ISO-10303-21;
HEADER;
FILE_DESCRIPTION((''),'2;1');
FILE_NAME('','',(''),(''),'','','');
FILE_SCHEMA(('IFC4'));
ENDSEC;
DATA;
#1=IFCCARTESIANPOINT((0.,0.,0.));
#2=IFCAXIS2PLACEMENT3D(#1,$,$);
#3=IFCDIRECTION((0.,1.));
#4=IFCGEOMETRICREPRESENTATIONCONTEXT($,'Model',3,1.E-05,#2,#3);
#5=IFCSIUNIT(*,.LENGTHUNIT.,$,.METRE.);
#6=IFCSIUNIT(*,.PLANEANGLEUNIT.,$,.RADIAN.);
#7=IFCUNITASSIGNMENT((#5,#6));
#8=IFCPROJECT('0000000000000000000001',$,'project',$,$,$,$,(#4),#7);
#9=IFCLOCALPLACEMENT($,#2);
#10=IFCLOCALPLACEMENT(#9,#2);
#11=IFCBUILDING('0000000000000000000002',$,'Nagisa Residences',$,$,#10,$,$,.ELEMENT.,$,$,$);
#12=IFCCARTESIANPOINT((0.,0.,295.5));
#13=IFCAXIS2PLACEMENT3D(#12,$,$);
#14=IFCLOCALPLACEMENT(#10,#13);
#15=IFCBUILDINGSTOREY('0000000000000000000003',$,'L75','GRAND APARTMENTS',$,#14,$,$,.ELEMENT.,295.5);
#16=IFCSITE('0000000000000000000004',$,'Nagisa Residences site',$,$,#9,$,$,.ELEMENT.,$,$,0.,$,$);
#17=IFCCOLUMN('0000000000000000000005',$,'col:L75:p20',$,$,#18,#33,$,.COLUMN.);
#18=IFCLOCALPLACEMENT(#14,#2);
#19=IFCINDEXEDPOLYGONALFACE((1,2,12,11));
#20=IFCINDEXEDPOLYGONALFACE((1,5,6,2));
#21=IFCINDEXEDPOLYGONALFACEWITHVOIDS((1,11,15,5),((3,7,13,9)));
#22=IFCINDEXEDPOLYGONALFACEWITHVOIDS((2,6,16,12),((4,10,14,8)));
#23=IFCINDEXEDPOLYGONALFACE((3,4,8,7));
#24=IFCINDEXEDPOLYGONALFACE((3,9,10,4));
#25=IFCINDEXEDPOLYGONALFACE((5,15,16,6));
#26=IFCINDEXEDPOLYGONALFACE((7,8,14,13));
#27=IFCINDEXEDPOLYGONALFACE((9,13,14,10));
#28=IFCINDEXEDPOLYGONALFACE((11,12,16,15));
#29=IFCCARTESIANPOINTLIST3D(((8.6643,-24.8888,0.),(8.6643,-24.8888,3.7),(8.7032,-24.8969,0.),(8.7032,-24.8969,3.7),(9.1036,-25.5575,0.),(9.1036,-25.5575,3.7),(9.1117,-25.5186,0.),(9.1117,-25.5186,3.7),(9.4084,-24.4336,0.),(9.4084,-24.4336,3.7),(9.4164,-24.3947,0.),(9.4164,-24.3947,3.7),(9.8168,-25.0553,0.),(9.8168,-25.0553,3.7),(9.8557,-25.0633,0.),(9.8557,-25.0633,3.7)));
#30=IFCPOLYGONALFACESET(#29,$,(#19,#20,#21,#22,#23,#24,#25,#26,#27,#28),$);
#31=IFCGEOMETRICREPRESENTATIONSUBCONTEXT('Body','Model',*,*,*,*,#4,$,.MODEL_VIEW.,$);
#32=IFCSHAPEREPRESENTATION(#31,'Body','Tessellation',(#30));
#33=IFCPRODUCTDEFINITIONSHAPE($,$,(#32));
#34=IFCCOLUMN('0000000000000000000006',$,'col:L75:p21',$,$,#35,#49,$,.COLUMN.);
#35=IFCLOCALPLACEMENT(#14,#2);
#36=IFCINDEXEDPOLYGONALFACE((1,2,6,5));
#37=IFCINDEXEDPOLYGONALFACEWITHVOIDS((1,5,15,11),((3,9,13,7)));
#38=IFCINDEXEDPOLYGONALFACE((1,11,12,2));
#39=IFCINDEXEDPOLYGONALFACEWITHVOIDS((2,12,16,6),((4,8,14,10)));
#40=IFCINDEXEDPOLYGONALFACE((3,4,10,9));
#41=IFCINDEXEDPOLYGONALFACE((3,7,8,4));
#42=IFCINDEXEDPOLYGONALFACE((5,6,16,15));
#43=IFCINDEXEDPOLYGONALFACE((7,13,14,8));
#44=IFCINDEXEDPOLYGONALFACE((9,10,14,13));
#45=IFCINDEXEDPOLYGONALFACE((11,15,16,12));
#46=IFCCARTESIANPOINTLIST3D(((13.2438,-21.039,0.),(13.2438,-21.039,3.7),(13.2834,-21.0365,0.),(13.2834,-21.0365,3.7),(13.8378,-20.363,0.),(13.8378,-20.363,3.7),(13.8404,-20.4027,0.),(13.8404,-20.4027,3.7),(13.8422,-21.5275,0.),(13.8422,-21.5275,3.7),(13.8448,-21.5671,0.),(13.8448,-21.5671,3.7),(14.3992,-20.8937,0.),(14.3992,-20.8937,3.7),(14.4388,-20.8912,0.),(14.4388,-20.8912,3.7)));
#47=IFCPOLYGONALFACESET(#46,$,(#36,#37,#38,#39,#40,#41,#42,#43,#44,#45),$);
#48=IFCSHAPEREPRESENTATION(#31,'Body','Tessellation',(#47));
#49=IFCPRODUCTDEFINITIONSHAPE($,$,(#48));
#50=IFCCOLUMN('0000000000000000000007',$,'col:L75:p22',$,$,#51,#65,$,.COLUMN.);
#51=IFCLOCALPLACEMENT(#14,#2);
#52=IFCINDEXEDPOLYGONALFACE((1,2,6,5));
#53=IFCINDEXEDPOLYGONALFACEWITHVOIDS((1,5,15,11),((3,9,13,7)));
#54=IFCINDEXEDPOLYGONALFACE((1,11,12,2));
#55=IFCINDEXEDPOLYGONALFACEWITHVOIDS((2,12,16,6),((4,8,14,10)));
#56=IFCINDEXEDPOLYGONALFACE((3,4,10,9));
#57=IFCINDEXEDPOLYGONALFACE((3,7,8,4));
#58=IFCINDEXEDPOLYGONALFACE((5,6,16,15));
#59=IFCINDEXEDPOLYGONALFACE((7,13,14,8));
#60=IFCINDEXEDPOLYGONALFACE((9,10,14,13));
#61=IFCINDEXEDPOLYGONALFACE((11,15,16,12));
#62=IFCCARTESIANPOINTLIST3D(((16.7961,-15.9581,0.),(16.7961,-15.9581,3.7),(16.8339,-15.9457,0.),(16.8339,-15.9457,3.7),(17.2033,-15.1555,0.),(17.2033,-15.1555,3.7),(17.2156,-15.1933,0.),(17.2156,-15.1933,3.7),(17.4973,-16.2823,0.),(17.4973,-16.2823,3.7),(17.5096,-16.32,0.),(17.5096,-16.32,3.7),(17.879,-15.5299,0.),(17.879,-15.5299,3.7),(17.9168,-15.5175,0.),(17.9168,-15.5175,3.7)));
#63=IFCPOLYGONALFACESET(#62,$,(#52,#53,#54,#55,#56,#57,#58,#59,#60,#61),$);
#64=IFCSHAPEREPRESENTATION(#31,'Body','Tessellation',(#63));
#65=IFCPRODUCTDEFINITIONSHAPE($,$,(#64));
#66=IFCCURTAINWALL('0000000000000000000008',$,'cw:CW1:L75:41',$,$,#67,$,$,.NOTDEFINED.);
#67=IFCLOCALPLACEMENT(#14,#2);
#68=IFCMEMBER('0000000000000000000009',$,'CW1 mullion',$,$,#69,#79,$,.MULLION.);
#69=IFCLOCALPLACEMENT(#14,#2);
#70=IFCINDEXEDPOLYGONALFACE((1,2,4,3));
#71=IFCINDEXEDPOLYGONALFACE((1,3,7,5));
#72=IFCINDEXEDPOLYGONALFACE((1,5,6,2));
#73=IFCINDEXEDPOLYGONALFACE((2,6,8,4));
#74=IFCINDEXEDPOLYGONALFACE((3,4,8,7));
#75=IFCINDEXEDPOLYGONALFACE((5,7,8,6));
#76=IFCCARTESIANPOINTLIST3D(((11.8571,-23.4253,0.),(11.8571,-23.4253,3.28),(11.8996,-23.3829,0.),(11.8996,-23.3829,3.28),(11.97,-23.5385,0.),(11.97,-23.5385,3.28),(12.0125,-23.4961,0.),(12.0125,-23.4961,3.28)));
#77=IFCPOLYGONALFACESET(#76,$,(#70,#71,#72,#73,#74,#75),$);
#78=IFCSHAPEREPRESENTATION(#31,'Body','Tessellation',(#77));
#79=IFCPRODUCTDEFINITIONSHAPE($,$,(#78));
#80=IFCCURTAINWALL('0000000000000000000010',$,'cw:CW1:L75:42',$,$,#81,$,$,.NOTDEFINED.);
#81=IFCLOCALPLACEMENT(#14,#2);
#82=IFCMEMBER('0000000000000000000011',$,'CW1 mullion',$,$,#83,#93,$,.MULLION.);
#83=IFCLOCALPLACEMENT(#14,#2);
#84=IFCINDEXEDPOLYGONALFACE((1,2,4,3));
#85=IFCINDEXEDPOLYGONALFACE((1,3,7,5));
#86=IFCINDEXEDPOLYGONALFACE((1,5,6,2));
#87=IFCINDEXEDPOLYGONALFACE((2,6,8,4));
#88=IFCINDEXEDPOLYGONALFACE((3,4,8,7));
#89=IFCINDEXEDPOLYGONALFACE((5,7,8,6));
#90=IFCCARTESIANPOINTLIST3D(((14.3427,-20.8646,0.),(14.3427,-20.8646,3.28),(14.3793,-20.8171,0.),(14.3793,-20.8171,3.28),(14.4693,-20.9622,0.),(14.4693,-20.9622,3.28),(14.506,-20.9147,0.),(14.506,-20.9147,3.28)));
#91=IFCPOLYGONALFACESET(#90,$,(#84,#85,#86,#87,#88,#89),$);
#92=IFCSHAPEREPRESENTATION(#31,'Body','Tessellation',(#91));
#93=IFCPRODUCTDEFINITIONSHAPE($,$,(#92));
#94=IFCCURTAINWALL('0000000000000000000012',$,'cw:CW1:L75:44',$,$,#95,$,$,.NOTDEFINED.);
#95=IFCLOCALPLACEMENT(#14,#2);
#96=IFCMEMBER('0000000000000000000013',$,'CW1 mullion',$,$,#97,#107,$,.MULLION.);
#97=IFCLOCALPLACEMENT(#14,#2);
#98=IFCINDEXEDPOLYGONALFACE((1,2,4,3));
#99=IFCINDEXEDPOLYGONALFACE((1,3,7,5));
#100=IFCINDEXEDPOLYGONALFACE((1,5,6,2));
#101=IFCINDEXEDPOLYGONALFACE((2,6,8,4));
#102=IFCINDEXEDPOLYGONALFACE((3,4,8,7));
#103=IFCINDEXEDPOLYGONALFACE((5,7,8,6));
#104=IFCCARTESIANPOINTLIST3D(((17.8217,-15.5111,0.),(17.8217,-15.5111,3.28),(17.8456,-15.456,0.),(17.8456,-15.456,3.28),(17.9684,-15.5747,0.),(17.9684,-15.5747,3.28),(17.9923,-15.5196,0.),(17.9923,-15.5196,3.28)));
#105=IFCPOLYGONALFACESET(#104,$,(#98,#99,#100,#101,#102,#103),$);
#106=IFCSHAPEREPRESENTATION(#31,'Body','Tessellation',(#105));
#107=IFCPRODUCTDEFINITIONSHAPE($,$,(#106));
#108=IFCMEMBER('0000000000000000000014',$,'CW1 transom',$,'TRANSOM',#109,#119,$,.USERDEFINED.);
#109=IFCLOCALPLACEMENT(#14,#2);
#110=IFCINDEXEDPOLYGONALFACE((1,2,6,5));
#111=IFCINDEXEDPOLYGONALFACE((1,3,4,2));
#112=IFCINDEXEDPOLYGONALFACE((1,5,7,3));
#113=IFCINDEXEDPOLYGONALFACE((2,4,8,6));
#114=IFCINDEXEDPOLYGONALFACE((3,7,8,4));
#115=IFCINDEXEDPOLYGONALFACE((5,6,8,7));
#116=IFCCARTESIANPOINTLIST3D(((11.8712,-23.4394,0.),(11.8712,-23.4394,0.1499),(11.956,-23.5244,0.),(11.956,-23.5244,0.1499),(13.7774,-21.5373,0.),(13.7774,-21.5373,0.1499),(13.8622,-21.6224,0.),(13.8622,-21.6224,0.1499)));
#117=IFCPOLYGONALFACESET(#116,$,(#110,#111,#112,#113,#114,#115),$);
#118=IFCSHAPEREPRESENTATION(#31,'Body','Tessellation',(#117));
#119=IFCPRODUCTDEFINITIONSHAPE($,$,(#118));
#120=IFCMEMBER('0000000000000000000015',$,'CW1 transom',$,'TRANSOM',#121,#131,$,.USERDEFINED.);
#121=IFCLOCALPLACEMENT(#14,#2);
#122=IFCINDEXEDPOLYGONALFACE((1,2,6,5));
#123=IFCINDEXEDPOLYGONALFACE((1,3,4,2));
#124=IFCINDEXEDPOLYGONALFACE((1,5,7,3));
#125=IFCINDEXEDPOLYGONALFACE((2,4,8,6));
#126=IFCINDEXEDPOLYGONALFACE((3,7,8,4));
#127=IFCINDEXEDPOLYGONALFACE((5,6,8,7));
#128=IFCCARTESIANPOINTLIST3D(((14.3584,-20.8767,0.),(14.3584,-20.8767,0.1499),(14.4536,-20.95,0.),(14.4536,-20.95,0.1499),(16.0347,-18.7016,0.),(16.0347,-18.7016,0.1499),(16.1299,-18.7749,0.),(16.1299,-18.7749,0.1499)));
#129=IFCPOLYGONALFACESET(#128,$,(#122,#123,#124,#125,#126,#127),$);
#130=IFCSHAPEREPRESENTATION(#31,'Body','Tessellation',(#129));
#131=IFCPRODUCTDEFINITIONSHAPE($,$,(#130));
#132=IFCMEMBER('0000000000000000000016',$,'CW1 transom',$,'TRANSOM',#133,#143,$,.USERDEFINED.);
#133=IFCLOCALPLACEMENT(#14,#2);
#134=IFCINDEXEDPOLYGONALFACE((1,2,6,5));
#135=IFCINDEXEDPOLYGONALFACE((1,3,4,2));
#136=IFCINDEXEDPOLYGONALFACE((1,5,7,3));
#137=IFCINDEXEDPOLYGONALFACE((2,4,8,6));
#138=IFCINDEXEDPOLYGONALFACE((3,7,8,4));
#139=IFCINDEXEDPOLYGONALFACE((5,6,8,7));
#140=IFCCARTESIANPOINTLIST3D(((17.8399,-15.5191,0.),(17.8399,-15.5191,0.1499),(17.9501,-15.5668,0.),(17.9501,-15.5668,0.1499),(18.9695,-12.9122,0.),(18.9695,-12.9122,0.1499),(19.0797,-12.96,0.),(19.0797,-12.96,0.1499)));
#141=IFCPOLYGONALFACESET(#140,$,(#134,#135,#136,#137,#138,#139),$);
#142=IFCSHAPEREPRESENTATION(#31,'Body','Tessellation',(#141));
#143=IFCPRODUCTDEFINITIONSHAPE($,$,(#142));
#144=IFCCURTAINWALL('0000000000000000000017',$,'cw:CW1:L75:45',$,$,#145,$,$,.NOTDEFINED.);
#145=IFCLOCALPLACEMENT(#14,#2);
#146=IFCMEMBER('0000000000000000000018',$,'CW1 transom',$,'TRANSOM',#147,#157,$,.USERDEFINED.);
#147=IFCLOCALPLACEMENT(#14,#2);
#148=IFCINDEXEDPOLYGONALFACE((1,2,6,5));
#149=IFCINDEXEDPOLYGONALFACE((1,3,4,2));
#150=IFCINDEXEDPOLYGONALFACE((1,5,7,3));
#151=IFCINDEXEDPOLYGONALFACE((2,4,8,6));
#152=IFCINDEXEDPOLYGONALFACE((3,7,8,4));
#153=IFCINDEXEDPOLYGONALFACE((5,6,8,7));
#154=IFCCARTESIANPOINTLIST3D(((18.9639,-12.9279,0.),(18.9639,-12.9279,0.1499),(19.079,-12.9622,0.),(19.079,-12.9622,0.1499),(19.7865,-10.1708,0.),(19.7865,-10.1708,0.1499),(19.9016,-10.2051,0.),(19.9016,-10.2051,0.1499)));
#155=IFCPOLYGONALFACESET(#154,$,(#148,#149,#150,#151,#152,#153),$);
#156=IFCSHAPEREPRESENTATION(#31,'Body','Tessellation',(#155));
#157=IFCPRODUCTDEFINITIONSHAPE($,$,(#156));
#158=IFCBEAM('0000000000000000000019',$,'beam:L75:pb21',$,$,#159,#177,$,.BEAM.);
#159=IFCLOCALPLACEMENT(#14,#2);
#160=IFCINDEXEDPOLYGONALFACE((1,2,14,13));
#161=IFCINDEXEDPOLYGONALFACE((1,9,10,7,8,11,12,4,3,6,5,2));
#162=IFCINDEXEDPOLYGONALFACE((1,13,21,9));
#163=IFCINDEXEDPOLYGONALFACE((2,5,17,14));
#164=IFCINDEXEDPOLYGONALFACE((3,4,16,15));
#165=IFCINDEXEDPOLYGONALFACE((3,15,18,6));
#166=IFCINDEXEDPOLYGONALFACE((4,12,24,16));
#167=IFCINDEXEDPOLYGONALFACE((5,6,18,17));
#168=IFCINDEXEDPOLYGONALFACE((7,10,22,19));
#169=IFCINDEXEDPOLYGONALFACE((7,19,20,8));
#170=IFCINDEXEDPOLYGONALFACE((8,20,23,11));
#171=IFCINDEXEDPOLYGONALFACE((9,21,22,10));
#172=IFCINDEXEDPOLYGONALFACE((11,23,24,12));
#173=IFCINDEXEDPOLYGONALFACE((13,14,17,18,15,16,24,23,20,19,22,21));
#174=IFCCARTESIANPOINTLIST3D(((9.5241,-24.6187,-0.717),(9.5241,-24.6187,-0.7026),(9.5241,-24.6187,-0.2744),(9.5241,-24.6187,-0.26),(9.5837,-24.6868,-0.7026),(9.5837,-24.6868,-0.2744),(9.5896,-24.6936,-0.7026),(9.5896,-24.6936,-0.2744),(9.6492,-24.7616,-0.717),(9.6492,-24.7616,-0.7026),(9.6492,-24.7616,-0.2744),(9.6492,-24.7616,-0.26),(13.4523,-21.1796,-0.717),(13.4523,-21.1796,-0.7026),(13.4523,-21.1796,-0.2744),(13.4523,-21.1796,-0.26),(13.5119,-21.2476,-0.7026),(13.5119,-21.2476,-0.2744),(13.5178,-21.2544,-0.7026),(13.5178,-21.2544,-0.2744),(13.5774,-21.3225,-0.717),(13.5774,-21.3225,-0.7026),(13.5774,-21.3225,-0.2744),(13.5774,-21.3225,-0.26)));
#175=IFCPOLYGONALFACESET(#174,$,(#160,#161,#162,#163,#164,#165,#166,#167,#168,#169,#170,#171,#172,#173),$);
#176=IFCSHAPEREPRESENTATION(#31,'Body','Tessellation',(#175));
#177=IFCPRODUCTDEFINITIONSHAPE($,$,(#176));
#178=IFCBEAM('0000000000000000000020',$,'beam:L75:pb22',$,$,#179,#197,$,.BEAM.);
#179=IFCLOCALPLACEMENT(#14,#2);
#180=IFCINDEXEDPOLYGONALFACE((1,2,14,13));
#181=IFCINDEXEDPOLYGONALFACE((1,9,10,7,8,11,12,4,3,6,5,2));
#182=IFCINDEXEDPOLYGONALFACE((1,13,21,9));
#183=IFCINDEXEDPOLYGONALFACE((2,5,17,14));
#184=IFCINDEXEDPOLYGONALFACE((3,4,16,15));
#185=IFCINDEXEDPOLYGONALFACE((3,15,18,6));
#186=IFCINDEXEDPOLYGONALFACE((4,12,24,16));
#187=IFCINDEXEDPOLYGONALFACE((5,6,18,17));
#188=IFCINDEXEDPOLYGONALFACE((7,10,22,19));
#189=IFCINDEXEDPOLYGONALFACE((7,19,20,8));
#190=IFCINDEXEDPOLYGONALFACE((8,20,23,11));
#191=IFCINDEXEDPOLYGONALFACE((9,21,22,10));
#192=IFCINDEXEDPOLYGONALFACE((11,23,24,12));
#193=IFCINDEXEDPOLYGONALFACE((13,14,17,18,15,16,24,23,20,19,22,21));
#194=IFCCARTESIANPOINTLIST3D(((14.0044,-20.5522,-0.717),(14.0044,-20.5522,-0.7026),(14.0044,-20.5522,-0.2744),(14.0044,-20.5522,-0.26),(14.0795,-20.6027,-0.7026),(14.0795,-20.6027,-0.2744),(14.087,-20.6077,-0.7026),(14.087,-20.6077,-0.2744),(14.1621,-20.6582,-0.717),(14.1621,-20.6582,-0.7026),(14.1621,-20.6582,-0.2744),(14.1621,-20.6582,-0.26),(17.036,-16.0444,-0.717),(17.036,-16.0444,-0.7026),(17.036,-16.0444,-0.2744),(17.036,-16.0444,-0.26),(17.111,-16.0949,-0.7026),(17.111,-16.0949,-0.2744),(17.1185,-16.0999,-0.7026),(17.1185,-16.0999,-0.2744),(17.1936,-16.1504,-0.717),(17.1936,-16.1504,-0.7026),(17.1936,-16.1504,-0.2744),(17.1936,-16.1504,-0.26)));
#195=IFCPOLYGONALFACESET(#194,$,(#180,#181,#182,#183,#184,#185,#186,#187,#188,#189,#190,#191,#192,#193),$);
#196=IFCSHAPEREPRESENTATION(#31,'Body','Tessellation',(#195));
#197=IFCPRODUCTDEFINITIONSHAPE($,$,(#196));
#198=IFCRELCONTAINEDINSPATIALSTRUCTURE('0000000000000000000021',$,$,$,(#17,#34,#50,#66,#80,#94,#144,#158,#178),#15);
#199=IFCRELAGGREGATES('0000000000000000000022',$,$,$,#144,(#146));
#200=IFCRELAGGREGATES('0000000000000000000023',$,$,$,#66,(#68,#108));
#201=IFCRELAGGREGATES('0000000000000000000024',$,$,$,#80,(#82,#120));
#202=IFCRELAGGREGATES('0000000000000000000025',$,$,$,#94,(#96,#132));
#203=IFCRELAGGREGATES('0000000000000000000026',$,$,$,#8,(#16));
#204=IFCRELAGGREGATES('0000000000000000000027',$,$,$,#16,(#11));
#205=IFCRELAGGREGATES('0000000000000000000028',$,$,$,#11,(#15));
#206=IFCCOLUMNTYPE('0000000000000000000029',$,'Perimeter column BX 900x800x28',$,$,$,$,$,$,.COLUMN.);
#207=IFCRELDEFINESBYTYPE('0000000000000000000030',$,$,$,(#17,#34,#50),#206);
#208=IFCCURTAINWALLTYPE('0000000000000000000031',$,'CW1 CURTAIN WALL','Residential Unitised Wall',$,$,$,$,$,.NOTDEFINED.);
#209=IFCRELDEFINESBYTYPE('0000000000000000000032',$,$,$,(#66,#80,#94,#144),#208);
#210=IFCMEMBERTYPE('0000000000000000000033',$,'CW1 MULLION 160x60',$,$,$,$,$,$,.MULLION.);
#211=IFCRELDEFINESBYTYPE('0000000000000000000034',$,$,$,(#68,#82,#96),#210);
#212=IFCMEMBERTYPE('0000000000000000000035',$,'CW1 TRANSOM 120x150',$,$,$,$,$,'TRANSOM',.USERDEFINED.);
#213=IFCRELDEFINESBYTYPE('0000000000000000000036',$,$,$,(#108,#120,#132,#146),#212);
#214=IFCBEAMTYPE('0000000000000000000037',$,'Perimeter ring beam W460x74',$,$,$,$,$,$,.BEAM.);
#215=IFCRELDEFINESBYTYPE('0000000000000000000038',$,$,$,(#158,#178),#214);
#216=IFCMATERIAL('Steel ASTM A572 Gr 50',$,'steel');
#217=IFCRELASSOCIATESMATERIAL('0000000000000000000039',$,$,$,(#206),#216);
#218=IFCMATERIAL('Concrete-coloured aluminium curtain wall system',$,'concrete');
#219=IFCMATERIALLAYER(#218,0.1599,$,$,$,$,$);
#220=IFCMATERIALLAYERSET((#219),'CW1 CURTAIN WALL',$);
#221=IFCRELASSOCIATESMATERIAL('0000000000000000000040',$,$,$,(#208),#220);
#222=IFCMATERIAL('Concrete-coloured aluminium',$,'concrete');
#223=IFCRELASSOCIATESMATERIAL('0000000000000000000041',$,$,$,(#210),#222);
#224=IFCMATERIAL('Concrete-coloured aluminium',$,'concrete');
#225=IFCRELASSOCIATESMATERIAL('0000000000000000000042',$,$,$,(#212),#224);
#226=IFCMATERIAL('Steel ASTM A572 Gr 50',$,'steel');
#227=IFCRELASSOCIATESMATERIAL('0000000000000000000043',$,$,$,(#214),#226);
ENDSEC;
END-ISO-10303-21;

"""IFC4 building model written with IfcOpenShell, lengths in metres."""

from ifc_helpers import new_model, si_unit, direction, frame, origin, origin_2d, place, context, subcontext, project, spatial, rectangle, hollow_rectangle, i_section, extrude, material, layer, layer_set, material_profile, profile_set, type_object, element, aggregate, save


model = new_model("IFC4")

# Units and contexts
model_context = context("Model", 3, precision=1e-05, world=origin(), true_north=direction((0.0, 1.0)))
body_context = subcontext(model_context, "Body", "Model", "MODEL_VIEW")
ifc_project = project(units=[si_unit("LENGTHUNIT", "METRE"), si_unit("PLANEANGLEUNIT", "RADIAN")], contexts=[model_context])

# Site, building, storey
site_placement = place(None, origin())
site = spatial("IfcSite", under=ifc_project, at=site_placement, Name="Nagisa Residences site", CompositionType="ELEMENT", RefElevation=0.0)
building_placement = place(site_placement, origin())
building = spatial("IfcBuilding", under=site, at=building_placement, Name="Nagisa Residences", CompositionType="ELEMENT")
storey_placement = place(building_placement, frame((0.0, 0.0, 295.5)))
storey = spatial("IfcBuildingStorey", under=building, at=storey_placement, Name="L75", Description="GRAND APARTMENTS", CompositionType="ELEMENT", Elevation=295.5)

# Columns
ifc_material_1 = material(Name="Steel ASTM A572 Gr 50", Category="steel")
ifc_material_profile_1 = material_profile(ifc_material_1, hollow_rectangle(XDim=0.8999, YDim=0.8, WallThickness=0.0281, at=origin_2d()), Name="BX 900x800x28")
ifc_profile_set_1 = profile_set([ifc_material_profile_1], Name="Steel ASTM A572 Gr 50")
column_type = type_object("IfcColumnType", Name="Perimeter column BX 900x800x28", PredefinedType="COLUMN", material=ifc_profile_set_1)
for number, where, z_axis, x_axis, name in (
    (1, (9.26, -24.9761, 0.0), (0.0, 0.0, 1.0), (0.835766, 0.549086, 0.0), "col:L75:p20"),
    (2, (13.8413, -20.9651, 0.0), (0.0, 0.0, 1.0), (0.660115, 0.751165, 0.0), "col:L75:p21"),
    (3, (17.3564, -15.7378, 0.0), (0.0, 0.0, 1.0), (0.452463, 0.891783, 0.0), "col:L75:p22"),
):
    element("IfcColumn", number, at=place(storey_placement, frame(where, z_axis=z_axis, x_axis=x_axis)), inside=storey, type_object=column_type, Name=name, PredefinedType="COLUMN", context=body_context, shape_type="SweptSolid", body=[
        extrude(hollow_rectangle(XDim=0.8999, YDim=0.8, WallThickness=0.0281, at=origin_2d()), origin(), (0.0, 0.0, 1.0), 3.7),
    ])

# Curtain walls, members
ifc_material_2 = material(Name="Concrete-coloured aluminium curtain wall system", Category="concrete")
ifc_layer_1 = layer(ifc_material_2, 0.1599)
ifc_layer_set_1 = layer_set([ifc_layer_1], Name="CW1 CURTAIN WALL")
curtain_wall_type = type_object("IfcCurtainWallType", Name="CW1 CURTAIN WALL", Description="Residential Unitised Wall", PredefinedType="NOTDEFINED", material=ifc_layer_set_1)
curtain_wall_1_placement = place(storey_placement, origin())
curtain_wall_1 = element("IfcCurtainWall", 4, at=curtain_wall_1_placement, inside=storey, type_object=curtain_wall_type, Name="cw:CW1:L75:41", PredefinedType="NOTDEFINED")
ifc_material_3 = material(Name="Concrete-coloured aluminium", Category="concrete")
ifc_material_profile_2 = material_profile(ifc_material_3, rectangle(XDim=0.1599, YDim=0.0601, at=origin_2d()), Name="CW1 MULLION 160x60")
ifc_profile_set_2 = profile_set([ifc_material_profile_2], Name="Concrete-coloured aluminium")
member_type_1 = type_object("IfcMemberType", Name="CW1 MULLION 160x60", PredefinedType="MULLION", material=ifc_profile_set_2)
member_1_placement = place(storey_placement, frame((11.9348, -23.4607, 0.0), z_axis=(0.0, 0.0, 1.0), x_axis=(-0.706377, 0.707836, 0.0)))
member_1 = element("IfcMember", 5, at=member_1_placement, type_object=member_type_1, Name="CW1 mullion", PredefinedType="MULLION", context=body_context, shape_type="SweptSolid", body=[
    extrude(rectangle(XDim=0.1599, YDim=0.0601, at=origin_2d()), origin(), (0.0, 0.0, 1.0), 3.28),
])
curtain_wall_2_placement = place(storey_placement, origin())
curtain_wall_2 = element("IfcCurtainWall", 6, at=curtain_wall_2_placement, inside=storey, type_object=curtain_wall_type, Name="cw:CW1:L75:42", PredefinedType="NOTDEFINED")
member_2_placement = place(storey_placement, frame((14.4243, -20.8896, 0.0), z_axis=(0.0, 0.0, 1.0), x_axis=(-0.79207, 0.61043, 0.0)))
member_2 = element("IfcMember", 7, at=member_2_placement, type_object=member_type_1, Name="CW1 mullion", PredefinedType="MULLION", context=body_context, shape_type="SweptSolid", body=[
    extrude(rectangle(XDim=0.1599, YDim=0.0601, at=origin_2d()), origin(), (0.0, 0.0, 1.0), 3.28),
])
curtain_wall_3_placement = place(storey_placement, origin())
curtain_wall_3 = element("IfcCurtainWall", 8, at=curtain_wall_3_placement, inside=storey, type_object=curtain_wall_type, Name="cw:CW1:L75:44", PredefinedType="NOTDEFINED")
member_3_placement = place(storey_placement, frame((17.907, -15.5154, 0.0), z_axis=(0.0, 0.0, 1.0), x_axis=(-0.917543, 0.397636, 0.0)))
member_3 = element("IfcMember", 9, at=member_3_placement, type_object=member_type_1, Name="CW1 mullion", PredefinedType="MULLION", context=body_context, shape_type="SweptSolid", body=[
    extrude(rectangle(XDim=0.1599, YDim=0.0601, at=origin_2d()), origin(), (0.0, 0.0, 1.0), 3.28),
])

# Members
ifc_material_4 = material(Name="Concrete-coloured aluminium", Category="concrete")
ifc_material_profile_3 = material_profile(ifc_material_4, rectangle(XDim=0.1201, YDim=0.1499, at=origin_2d()), Name="CW1 TRANSOM 120x150")
ifc_profile_set_3 = profile_set([ifc_material_profile_3], Name="Concrete-coloured aluminium")
member_type_2 = type_object("IfcMemberType", Name="CW1 TRANSOM 120x150", ElementType="TRANSOM", PredefinedType="USERDEFINED", material=ifc_profile_set_3)
member_4_placement = place(storey_placement, frame((11.9136, -23.4819, 0.075), z_axis=(0.707877, 0.706336, 0.0), x_axis=(-0.706336, 0.707877, 0.0)))
member_4 = element("IfcMember", 10, at=member_4_placement, type_object=member_type_2, Name="CW1 transom", ObjectType="TRANSOM", PredefinedType="USERDEFINED", context=body_context, shape_type="SweptSolid", body=[
    extrude(rectangle(XDim=0.1201, YDim=0.1499, at=origin_2d()), origin(), (0.0, 0.0, 1.0), 2.6929),
])
member_5_placement = place(storey_placement, frame((14.406, -20.9133, 0.075), z_axis=(0.610432, 0.792068, 0.0), x_axis=(-0.792068, 0.610432, 0.0)))
member_5 = element("IfcMember", 11, at=member_5_placement, type_object=member_type_2, Name="CW1 transom", ObjectType="TRANSOM", PredefinedType="USERDEFINED", context=body_context, shape_type="SweptSolid", body=[
    extrude(rectangle(XDim=0.1201, YDim=0.1499, at=origin_2d()), origin(), (0.0, 0.0, 1.0), 2.7461),
])
member_6_placement = place(storey_placement, frame((17.895, -15.543, 0.075), z_axis=(0.397598, 0.91756, 0.0), x_axis=(-0.91756, 0.397598, 0.0)))
member_6 = element("IfcMember", 12, at=member_6_placement, type_object=member_type_2, Name="CW1 transom", ObjectType="TRANSOM", PredefinedType="USERDEFINED", context=body_context, shape_type="SweptSolid", body=[
    extrude(rectangle(XDim=0.1201, YDim=0.1499, at=origin_2d()), origin(), (0.0, 0.0, 1.0), 2.8411),
])

# Curtain wall, member
curtain_wall_4_placement = place(storey_placement, origin())
curtain_wall_4 = element("IfcCurtainWall", 13, at=curtain_wall_4_placement, inside=storey, type_object=curtain_wall_type, Name="cw:CW1:L75:45", PredefinedType="NOTDEFINED")
member_7_placement = place(storey_placement, frame((19.0215, -12.9451, 0.075), z_axis=(0.285876, 0.958267, 0.0), x_axis=(-0.958267, 0.285876, 0.0)))
member_7 = element("IfcMember", 14, at=member_7_placement, type_object=member_type_2, Name="CW1 transom", ObjectType="TRANSOM", PredefinedType="USERDEFINED", context=body_context, shape_type="SweptSolid", body=[
    extrude(rectangle(XDim=0.1201, YDim=0.1499, at=origin_2d()), origin(), (0.0, 0.0, 1.0), 2.8772),
])
aggregate(curtain_wall_4, [member_7])

# Beams
ifc_material_5 = material(Name="Steel ASTM A572 Gr 50", Category="steel")
ifc_material_profile_4 = material_profile(ifc_material_5, i_section(OverallWidth=0.1899, OverallDepth=0.457, WebThickness=0.009, FlangeThickness=0.0144, at=origin_2d()), Name="W460x74")
ifc_profile_set_4 = profile_set([ifc_material_profile_4], Name="Steel ASTM A572 Gr 50")
beam_type_1 = type_object("IfcBeamType", Name="Perimeter ring beam W460x74", PredefinedType="BEAM", material=ifc_profile_set_4)
beam_1_placement = place(storey_placement, frame((9.5867, -24.6902, -0.4885), z_axis=(0.752385, 0.658723, 0.0), x_axis=(-0.658723, 0.752385, 0.0)))
element("IfcBeam", 15, at=beam_1_placement, inside=storey, type_object=beam_type_1, Name="beam:L75:pb21", PredefinedType="BEAM", context=body_context, shape_type="SweptSolid", body=[
    extrude(i_section(OverallWidth=0.1899, OverallDepth=0.457, WebThickness=0.009, FlangeThickness=0.0144, at=origin_2d()), origin(), (0.0, 0.0, 1.0), 5.2209),
])
beam_2_placement = place(storey_placement, frame((14.0833, -20.6052, -0.4885), z_axis=(0.558046, 0.82981, 0.0), x_axis=(-0.82981, 0.558046, 0.0)))
element("IfcBeam", 16, at=beam_2_placement, inside=storey, type_object=beam_type_1, Name="beam:L75:pb22", PredefinedType="BEAM", context=body_context, shape_type="SweptSolid", body=[
    extrude(i_section(OverallWidth=0.1899, OverallDepth=0.457, WebThickness=0.009, FlangeThickness=0.0144, at=origin_2d()), origin(), (0.0, 0.0, 1.0), 5.4324),
])

aggregate(curtain_wall_1, [member_1, member_4])
aggregate(curtain_wall_2, [member_2, member_5])
aggregate(curtain_wall_3, [member_3, member_6])

save(model, "model.ifc")
